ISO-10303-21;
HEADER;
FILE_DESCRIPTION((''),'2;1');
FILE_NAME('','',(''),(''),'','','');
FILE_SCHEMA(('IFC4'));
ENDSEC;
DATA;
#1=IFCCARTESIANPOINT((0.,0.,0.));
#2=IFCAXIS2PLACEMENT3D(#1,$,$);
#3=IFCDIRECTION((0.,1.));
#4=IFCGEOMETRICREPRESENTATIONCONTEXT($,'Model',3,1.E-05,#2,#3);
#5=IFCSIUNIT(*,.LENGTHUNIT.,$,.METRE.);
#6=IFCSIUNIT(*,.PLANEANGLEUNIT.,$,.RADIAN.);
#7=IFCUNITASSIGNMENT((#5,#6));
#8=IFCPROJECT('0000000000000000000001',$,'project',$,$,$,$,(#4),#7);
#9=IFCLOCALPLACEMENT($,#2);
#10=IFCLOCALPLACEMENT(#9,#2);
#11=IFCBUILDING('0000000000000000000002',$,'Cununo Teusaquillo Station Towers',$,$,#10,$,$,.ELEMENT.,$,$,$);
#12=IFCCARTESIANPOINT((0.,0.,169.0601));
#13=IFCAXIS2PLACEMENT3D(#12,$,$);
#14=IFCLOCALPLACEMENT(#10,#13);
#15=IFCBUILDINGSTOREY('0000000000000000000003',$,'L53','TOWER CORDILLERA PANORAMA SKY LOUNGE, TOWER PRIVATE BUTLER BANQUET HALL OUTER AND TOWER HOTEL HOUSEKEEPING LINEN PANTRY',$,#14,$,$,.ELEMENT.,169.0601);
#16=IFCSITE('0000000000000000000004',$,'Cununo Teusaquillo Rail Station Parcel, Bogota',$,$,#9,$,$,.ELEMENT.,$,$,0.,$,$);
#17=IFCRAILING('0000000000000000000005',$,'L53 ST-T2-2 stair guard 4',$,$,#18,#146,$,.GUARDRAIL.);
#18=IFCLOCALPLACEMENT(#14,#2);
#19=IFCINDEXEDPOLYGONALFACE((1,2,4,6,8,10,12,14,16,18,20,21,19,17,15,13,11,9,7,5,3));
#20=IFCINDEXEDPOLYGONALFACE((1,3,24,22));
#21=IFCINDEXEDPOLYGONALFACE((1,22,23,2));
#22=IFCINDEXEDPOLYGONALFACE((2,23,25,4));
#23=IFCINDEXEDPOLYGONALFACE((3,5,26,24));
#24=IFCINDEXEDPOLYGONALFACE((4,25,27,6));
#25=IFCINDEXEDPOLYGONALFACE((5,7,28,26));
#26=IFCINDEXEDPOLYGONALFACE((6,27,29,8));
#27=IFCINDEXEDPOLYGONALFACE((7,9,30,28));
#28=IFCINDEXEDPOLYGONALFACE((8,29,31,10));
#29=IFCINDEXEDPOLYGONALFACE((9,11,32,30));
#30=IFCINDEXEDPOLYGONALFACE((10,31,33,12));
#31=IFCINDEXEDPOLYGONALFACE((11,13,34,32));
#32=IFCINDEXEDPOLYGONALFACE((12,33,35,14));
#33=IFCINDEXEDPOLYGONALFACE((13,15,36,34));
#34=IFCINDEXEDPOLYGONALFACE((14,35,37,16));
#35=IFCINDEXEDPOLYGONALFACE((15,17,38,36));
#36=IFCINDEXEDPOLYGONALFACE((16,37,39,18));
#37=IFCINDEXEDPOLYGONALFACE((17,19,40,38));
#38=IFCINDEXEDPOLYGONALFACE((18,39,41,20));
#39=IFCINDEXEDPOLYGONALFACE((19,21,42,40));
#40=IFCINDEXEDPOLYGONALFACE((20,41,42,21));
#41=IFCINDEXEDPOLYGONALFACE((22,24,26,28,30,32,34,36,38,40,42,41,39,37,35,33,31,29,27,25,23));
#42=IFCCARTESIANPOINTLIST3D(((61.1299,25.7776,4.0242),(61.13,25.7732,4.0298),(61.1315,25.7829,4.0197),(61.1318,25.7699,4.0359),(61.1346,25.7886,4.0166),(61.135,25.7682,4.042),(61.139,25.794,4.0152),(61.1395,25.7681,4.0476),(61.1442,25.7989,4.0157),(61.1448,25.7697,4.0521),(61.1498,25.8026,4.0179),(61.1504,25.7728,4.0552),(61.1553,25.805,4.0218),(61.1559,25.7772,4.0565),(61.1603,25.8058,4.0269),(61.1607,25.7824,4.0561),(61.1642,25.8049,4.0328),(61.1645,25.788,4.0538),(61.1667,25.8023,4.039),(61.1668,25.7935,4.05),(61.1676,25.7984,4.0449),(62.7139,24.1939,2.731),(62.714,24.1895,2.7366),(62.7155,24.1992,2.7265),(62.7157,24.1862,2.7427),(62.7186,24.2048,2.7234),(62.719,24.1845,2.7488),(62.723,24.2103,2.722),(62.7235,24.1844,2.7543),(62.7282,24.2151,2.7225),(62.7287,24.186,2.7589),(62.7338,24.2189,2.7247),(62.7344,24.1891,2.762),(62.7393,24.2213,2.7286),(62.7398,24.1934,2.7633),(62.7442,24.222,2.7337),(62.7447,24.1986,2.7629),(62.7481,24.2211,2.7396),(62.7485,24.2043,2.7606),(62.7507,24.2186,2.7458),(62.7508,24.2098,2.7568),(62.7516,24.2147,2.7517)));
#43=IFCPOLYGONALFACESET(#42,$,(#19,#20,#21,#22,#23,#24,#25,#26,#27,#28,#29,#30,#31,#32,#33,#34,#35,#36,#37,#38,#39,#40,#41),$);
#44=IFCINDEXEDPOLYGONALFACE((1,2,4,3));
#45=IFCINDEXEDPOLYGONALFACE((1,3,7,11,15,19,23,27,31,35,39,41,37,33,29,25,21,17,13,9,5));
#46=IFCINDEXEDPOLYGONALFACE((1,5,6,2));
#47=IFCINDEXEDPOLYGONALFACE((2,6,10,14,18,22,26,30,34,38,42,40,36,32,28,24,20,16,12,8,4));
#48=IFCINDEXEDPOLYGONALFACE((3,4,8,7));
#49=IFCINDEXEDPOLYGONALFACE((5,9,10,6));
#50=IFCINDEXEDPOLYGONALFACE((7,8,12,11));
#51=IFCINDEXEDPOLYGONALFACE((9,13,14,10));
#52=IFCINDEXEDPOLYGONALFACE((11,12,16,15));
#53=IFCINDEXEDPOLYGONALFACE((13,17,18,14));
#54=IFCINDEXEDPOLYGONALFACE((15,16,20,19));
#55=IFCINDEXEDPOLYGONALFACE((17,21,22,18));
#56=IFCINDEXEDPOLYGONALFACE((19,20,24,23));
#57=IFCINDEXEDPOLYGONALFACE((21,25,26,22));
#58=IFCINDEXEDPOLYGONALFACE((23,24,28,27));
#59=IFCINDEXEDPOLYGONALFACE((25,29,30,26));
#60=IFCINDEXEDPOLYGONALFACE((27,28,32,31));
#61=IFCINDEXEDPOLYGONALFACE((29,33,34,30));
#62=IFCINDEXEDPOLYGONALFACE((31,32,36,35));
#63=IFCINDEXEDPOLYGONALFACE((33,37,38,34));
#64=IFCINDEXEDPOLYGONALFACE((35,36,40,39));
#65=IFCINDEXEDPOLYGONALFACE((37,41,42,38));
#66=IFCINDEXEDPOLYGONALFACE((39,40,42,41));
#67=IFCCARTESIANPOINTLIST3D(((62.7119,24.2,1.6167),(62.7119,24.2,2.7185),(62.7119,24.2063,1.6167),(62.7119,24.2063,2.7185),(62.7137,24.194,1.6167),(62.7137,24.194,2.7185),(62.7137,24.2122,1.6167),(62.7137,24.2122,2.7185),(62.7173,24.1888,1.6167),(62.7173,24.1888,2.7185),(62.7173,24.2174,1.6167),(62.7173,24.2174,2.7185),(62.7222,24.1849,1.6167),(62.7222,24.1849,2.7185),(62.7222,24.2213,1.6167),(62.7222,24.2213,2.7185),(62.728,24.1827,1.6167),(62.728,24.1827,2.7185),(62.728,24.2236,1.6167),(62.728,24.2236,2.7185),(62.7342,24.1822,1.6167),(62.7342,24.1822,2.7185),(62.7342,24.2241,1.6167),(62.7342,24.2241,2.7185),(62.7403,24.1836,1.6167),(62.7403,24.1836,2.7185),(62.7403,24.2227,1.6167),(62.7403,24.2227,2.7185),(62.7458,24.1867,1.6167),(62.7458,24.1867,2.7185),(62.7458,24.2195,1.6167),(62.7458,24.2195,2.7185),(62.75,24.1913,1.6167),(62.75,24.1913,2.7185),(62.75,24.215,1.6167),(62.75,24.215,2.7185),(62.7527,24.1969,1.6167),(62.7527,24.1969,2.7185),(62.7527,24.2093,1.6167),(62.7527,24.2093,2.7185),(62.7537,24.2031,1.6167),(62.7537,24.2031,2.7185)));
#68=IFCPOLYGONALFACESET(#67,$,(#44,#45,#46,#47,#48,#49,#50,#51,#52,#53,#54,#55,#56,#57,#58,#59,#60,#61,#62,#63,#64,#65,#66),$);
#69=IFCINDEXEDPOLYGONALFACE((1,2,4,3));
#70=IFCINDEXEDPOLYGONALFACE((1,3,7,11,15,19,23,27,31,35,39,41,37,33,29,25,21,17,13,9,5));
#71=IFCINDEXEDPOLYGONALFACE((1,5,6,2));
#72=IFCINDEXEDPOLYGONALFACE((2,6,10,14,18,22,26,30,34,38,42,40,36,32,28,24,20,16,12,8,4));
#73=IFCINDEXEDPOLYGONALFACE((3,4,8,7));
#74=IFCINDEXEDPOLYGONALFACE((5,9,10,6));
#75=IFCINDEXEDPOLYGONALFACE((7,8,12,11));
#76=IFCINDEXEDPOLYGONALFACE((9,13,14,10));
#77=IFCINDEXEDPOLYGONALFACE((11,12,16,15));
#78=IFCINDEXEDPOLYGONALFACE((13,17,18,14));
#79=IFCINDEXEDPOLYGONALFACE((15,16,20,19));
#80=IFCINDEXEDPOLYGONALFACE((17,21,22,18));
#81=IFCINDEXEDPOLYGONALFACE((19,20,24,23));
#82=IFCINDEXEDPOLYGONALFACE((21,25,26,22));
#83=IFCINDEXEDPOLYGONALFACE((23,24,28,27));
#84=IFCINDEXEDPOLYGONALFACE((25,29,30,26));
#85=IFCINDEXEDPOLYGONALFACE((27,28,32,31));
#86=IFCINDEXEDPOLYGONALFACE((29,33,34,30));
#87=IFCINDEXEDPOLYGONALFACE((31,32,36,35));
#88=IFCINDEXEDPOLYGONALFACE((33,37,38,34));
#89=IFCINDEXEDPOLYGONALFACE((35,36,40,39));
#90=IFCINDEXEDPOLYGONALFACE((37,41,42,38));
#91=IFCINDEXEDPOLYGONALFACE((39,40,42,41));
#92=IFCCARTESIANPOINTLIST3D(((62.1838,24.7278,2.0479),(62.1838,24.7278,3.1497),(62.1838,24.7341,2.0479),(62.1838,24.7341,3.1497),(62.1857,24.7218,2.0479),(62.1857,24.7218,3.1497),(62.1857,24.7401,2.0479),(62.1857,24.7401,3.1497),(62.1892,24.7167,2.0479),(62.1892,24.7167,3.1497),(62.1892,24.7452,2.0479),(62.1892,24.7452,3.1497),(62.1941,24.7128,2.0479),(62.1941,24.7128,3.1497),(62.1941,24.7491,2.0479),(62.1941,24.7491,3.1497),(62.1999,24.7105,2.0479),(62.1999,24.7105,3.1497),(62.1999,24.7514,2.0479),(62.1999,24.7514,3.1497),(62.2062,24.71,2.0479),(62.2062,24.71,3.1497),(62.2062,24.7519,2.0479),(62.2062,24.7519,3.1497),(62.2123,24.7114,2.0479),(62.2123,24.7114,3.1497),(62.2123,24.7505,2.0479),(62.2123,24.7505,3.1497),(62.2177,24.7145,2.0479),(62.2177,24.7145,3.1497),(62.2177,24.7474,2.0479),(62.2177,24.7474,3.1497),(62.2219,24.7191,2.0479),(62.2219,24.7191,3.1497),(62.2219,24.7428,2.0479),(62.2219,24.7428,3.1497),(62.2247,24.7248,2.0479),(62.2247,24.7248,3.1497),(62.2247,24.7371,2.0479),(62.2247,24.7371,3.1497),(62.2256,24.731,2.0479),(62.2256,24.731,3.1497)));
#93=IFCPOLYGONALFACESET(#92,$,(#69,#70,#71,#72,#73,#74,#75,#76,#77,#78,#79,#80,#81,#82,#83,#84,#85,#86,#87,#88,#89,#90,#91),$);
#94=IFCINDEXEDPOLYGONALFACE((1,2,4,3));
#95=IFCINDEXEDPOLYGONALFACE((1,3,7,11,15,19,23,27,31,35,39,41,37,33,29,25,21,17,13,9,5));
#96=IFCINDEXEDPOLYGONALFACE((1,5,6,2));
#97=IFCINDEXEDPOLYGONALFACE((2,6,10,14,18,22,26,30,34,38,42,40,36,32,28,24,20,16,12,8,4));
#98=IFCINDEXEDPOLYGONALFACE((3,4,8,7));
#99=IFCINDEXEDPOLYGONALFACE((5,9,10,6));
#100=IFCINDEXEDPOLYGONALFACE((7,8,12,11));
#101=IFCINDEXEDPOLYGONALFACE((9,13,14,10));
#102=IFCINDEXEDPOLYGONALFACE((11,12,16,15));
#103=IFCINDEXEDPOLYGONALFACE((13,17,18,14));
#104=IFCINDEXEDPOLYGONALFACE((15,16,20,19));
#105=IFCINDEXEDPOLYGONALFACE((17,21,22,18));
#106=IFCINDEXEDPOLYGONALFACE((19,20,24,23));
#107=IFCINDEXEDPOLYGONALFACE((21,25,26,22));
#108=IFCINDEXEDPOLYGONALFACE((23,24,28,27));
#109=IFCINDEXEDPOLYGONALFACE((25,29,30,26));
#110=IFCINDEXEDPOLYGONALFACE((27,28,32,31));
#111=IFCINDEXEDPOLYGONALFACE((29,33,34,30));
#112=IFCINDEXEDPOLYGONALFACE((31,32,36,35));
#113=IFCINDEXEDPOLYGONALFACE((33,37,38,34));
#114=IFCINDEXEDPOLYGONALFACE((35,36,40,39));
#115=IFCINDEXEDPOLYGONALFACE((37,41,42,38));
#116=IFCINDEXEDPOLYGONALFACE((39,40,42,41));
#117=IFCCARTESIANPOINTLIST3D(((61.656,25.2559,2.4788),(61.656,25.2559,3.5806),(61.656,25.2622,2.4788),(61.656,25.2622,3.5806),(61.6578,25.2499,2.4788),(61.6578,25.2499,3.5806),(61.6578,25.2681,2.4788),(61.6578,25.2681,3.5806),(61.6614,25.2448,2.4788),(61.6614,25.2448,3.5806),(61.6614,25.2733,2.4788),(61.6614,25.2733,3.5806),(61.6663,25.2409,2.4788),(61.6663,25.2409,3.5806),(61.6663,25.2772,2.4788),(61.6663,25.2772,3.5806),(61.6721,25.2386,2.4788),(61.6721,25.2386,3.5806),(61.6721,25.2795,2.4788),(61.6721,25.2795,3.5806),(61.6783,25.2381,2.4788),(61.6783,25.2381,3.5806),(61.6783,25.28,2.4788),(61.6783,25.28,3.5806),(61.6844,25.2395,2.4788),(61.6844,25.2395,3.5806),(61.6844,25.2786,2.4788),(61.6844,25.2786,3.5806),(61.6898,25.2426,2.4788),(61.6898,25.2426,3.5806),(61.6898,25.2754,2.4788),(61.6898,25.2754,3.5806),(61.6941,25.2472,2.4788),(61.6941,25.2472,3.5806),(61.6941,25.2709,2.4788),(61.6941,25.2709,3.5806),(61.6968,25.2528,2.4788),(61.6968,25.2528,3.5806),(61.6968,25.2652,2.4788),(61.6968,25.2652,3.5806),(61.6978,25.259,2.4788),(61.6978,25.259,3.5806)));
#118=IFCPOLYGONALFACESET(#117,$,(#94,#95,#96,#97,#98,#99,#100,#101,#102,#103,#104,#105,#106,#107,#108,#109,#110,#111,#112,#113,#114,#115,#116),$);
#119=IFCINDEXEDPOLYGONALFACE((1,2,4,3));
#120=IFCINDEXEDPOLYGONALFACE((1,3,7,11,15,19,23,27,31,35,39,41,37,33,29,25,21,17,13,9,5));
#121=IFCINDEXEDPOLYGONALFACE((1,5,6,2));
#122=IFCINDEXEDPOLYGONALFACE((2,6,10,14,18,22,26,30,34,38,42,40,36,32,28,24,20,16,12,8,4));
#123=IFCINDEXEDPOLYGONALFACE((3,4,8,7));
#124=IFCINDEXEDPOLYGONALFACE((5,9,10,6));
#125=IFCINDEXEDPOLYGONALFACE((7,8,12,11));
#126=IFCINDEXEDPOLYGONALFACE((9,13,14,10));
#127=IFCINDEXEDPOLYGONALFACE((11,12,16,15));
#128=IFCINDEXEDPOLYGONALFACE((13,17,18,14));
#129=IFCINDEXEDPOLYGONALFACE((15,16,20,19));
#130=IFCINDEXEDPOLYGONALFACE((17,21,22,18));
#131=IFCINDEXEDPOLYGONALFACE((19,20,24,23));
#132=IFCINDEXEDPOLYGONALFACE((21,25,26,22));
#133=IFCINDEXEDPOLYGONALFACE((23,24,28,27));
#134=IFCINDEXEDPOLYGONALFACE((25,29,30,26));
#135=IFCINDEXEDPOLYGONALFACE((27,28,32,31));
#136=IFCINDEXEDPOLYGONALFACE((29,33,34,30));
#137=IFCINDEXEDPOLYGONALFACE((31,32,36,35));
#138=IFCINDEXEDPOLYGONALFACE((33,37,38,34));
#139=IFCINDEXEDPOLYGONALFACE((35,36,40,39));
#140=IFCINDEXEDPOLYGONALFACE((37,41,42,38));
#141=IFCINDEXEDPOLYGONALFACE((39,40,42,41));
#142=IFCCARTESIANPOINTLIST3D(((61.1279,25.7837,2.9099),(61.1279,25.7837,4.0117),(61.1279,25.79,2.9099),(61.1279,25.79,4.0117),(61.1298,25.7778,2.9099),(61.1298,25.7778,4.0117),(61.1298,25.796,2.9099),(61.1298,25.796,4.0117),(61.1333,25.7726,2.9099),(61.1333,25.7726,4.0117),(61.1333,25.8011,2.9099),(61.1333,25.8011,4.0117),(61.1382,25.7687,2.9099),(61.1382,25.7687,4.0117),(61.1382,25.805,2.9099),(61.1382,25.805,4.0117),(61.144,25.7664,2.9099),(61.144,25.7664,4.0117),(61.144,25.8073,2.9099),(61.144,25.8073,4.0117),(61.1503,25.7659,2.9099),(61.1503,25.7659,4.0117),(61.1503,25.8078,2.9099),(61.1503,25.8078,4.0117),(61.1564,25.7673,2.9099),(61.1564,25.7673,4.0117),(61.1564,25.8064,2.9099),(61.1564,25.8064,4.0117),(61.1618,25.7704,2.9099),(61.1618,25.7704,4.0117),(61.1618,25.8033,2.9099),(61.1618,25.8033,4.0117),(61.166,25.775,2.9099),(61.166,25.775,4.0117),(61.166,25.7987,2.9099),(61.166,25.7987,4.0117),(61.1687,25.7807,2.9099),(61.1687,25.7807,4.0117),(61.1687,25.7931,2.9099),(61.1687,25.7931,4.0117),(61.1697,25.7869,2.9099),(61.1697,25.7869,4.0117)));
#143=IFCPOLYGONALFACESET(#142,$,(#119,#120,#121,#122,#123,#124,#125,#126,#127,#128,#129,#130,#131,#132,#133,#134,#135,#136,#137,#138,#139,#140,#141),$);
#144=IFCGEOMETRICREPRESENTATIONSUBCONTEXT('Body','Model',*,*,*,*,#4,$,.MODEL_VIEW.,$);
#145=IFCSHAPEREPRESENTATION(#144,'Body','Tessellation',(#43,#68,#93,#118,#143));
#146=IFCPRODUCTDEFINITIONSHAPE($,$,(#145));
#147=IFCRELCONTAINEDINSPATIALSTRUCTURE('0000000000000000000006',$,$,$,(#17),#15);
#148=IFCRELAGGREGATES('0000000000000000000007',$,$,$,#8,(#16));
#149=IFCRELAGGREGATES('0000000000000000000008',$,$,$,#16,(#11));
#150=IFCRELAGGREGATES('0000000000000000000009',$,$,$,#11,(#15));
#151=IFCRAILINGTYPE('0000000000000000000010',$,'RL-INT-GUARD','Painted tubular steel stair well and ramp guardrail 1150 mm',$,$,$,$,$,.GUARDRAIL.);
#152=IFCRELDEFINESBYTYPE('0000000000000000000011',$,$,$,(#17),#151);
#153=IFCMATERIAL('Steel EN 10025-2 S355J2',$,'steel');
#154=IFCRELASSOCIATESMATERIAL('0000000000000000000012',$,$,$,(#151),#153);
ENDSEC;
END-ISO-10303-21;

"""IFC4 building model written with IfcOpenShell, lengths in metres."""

from ifc_helpers import new_model, si_unit, direction, frame, origin, origin_2d, place, context, subcontext, project, spatial, circle, extrude, material, type_object, element, save


model = new_model("IFC4")

# Units and contexts
model_context = context("Model", 3, precision=1e-05, world=origin(), true_north=direction((0.0, 1.0)))
body_context = subcontext(model_context, "Body", "Model", "MODEL_VIEW")
ifc_project = project(units=[si_unit("LENGTHUNIT", "METRE"), si_unit("PLANEANGLEUNIT", "RADIAN")], contexts=[model_context])

# Site, building, storey
site_placement = place(None, origin())
site = spatial("IfcSite", under=ifc_project, at=site_placement, Name="Cununo Teusaquillo Rail Station Parcel, Bogota", CompositionType="ELEMENT", RefElevation=0.0)
building_placement = place(site_placement, origin())
building = spatial("IfcBuilding", under=site, at=building_placement, Name="Cununo Teusaquillo Station Towers", CompositionType="ELEMENT")
storey_placement = place(building_placement, frame((0.0, 0.0, 169.0601)))
storey = spatial("IfcBuildingStorey", under=building, at=storey_placement, Name="L53", Description="TOWER CORDILLERA PANORAMA SKY LOUNGE, TOWER PRIVATE BUTLER BANQUET HALL OUTER AND TOWER HOTEL HOUSEKEEPING LINEN PANTRY", CompositionType="ELEMENT", Elevation=169.0601)

# Railing
ifc_material_1 = material(Name="Steel EN 10025-2 S355J2", Category="steel")
railing_type_1 = type_object("IfcRailingType", Name="RL-INT-GUARD", Description="Painted tubular steel stair well and ramp guardrail 1150 mm", PredefinedType="GUARDRAIL", material=ifc_material_1)
railing_1_placement = place(storey_placement, frame((62.7327, 24.2031, 1.6167)))
element("IfcRailing", 1, at=railing_1_placement, inside=storey, type_object=railing_type_1, Name="L53 ST-T2-2 stair guard 4", PredefinedType="GUARDRAIL", context=body_context, shape_type="SweptSolid", body=[
    extrude(circle(Radius=0.0239, at=origin_2d()), frame((0.0, 0.0, 1.126), z_axis=(-0.61242, 0.612326, 0.499998), x_axis=(-0.707052, -0.707161, 0.0)), (0.0, 0.0, 1.0), 2.5864),
    extrude(circle(Radius=0.021, at=origin_2d()), origin(), (0.0, 0.0, 1.0), 1.1018),
    extrude(circle(Radius=0.021, at=origin_2d()), frame((-0.5281, 0.5278, 0.4312)), (0.0, 0.0, 1.0), 1.1018),
    extrude(circle(Radius=0.021, at=origin_2d()), frame((-1.0559, 1.0559, 0.8621)), (0.0, 0.0, 1.0), 1.1018),
    extrude(circle(Radius=0.021, at=origin_2d()), frame((-1.584, 1.5837, 1.2932)), (0.0, 0.0, 1.0), 1.1018),
])

save(model, "model.ifc")
